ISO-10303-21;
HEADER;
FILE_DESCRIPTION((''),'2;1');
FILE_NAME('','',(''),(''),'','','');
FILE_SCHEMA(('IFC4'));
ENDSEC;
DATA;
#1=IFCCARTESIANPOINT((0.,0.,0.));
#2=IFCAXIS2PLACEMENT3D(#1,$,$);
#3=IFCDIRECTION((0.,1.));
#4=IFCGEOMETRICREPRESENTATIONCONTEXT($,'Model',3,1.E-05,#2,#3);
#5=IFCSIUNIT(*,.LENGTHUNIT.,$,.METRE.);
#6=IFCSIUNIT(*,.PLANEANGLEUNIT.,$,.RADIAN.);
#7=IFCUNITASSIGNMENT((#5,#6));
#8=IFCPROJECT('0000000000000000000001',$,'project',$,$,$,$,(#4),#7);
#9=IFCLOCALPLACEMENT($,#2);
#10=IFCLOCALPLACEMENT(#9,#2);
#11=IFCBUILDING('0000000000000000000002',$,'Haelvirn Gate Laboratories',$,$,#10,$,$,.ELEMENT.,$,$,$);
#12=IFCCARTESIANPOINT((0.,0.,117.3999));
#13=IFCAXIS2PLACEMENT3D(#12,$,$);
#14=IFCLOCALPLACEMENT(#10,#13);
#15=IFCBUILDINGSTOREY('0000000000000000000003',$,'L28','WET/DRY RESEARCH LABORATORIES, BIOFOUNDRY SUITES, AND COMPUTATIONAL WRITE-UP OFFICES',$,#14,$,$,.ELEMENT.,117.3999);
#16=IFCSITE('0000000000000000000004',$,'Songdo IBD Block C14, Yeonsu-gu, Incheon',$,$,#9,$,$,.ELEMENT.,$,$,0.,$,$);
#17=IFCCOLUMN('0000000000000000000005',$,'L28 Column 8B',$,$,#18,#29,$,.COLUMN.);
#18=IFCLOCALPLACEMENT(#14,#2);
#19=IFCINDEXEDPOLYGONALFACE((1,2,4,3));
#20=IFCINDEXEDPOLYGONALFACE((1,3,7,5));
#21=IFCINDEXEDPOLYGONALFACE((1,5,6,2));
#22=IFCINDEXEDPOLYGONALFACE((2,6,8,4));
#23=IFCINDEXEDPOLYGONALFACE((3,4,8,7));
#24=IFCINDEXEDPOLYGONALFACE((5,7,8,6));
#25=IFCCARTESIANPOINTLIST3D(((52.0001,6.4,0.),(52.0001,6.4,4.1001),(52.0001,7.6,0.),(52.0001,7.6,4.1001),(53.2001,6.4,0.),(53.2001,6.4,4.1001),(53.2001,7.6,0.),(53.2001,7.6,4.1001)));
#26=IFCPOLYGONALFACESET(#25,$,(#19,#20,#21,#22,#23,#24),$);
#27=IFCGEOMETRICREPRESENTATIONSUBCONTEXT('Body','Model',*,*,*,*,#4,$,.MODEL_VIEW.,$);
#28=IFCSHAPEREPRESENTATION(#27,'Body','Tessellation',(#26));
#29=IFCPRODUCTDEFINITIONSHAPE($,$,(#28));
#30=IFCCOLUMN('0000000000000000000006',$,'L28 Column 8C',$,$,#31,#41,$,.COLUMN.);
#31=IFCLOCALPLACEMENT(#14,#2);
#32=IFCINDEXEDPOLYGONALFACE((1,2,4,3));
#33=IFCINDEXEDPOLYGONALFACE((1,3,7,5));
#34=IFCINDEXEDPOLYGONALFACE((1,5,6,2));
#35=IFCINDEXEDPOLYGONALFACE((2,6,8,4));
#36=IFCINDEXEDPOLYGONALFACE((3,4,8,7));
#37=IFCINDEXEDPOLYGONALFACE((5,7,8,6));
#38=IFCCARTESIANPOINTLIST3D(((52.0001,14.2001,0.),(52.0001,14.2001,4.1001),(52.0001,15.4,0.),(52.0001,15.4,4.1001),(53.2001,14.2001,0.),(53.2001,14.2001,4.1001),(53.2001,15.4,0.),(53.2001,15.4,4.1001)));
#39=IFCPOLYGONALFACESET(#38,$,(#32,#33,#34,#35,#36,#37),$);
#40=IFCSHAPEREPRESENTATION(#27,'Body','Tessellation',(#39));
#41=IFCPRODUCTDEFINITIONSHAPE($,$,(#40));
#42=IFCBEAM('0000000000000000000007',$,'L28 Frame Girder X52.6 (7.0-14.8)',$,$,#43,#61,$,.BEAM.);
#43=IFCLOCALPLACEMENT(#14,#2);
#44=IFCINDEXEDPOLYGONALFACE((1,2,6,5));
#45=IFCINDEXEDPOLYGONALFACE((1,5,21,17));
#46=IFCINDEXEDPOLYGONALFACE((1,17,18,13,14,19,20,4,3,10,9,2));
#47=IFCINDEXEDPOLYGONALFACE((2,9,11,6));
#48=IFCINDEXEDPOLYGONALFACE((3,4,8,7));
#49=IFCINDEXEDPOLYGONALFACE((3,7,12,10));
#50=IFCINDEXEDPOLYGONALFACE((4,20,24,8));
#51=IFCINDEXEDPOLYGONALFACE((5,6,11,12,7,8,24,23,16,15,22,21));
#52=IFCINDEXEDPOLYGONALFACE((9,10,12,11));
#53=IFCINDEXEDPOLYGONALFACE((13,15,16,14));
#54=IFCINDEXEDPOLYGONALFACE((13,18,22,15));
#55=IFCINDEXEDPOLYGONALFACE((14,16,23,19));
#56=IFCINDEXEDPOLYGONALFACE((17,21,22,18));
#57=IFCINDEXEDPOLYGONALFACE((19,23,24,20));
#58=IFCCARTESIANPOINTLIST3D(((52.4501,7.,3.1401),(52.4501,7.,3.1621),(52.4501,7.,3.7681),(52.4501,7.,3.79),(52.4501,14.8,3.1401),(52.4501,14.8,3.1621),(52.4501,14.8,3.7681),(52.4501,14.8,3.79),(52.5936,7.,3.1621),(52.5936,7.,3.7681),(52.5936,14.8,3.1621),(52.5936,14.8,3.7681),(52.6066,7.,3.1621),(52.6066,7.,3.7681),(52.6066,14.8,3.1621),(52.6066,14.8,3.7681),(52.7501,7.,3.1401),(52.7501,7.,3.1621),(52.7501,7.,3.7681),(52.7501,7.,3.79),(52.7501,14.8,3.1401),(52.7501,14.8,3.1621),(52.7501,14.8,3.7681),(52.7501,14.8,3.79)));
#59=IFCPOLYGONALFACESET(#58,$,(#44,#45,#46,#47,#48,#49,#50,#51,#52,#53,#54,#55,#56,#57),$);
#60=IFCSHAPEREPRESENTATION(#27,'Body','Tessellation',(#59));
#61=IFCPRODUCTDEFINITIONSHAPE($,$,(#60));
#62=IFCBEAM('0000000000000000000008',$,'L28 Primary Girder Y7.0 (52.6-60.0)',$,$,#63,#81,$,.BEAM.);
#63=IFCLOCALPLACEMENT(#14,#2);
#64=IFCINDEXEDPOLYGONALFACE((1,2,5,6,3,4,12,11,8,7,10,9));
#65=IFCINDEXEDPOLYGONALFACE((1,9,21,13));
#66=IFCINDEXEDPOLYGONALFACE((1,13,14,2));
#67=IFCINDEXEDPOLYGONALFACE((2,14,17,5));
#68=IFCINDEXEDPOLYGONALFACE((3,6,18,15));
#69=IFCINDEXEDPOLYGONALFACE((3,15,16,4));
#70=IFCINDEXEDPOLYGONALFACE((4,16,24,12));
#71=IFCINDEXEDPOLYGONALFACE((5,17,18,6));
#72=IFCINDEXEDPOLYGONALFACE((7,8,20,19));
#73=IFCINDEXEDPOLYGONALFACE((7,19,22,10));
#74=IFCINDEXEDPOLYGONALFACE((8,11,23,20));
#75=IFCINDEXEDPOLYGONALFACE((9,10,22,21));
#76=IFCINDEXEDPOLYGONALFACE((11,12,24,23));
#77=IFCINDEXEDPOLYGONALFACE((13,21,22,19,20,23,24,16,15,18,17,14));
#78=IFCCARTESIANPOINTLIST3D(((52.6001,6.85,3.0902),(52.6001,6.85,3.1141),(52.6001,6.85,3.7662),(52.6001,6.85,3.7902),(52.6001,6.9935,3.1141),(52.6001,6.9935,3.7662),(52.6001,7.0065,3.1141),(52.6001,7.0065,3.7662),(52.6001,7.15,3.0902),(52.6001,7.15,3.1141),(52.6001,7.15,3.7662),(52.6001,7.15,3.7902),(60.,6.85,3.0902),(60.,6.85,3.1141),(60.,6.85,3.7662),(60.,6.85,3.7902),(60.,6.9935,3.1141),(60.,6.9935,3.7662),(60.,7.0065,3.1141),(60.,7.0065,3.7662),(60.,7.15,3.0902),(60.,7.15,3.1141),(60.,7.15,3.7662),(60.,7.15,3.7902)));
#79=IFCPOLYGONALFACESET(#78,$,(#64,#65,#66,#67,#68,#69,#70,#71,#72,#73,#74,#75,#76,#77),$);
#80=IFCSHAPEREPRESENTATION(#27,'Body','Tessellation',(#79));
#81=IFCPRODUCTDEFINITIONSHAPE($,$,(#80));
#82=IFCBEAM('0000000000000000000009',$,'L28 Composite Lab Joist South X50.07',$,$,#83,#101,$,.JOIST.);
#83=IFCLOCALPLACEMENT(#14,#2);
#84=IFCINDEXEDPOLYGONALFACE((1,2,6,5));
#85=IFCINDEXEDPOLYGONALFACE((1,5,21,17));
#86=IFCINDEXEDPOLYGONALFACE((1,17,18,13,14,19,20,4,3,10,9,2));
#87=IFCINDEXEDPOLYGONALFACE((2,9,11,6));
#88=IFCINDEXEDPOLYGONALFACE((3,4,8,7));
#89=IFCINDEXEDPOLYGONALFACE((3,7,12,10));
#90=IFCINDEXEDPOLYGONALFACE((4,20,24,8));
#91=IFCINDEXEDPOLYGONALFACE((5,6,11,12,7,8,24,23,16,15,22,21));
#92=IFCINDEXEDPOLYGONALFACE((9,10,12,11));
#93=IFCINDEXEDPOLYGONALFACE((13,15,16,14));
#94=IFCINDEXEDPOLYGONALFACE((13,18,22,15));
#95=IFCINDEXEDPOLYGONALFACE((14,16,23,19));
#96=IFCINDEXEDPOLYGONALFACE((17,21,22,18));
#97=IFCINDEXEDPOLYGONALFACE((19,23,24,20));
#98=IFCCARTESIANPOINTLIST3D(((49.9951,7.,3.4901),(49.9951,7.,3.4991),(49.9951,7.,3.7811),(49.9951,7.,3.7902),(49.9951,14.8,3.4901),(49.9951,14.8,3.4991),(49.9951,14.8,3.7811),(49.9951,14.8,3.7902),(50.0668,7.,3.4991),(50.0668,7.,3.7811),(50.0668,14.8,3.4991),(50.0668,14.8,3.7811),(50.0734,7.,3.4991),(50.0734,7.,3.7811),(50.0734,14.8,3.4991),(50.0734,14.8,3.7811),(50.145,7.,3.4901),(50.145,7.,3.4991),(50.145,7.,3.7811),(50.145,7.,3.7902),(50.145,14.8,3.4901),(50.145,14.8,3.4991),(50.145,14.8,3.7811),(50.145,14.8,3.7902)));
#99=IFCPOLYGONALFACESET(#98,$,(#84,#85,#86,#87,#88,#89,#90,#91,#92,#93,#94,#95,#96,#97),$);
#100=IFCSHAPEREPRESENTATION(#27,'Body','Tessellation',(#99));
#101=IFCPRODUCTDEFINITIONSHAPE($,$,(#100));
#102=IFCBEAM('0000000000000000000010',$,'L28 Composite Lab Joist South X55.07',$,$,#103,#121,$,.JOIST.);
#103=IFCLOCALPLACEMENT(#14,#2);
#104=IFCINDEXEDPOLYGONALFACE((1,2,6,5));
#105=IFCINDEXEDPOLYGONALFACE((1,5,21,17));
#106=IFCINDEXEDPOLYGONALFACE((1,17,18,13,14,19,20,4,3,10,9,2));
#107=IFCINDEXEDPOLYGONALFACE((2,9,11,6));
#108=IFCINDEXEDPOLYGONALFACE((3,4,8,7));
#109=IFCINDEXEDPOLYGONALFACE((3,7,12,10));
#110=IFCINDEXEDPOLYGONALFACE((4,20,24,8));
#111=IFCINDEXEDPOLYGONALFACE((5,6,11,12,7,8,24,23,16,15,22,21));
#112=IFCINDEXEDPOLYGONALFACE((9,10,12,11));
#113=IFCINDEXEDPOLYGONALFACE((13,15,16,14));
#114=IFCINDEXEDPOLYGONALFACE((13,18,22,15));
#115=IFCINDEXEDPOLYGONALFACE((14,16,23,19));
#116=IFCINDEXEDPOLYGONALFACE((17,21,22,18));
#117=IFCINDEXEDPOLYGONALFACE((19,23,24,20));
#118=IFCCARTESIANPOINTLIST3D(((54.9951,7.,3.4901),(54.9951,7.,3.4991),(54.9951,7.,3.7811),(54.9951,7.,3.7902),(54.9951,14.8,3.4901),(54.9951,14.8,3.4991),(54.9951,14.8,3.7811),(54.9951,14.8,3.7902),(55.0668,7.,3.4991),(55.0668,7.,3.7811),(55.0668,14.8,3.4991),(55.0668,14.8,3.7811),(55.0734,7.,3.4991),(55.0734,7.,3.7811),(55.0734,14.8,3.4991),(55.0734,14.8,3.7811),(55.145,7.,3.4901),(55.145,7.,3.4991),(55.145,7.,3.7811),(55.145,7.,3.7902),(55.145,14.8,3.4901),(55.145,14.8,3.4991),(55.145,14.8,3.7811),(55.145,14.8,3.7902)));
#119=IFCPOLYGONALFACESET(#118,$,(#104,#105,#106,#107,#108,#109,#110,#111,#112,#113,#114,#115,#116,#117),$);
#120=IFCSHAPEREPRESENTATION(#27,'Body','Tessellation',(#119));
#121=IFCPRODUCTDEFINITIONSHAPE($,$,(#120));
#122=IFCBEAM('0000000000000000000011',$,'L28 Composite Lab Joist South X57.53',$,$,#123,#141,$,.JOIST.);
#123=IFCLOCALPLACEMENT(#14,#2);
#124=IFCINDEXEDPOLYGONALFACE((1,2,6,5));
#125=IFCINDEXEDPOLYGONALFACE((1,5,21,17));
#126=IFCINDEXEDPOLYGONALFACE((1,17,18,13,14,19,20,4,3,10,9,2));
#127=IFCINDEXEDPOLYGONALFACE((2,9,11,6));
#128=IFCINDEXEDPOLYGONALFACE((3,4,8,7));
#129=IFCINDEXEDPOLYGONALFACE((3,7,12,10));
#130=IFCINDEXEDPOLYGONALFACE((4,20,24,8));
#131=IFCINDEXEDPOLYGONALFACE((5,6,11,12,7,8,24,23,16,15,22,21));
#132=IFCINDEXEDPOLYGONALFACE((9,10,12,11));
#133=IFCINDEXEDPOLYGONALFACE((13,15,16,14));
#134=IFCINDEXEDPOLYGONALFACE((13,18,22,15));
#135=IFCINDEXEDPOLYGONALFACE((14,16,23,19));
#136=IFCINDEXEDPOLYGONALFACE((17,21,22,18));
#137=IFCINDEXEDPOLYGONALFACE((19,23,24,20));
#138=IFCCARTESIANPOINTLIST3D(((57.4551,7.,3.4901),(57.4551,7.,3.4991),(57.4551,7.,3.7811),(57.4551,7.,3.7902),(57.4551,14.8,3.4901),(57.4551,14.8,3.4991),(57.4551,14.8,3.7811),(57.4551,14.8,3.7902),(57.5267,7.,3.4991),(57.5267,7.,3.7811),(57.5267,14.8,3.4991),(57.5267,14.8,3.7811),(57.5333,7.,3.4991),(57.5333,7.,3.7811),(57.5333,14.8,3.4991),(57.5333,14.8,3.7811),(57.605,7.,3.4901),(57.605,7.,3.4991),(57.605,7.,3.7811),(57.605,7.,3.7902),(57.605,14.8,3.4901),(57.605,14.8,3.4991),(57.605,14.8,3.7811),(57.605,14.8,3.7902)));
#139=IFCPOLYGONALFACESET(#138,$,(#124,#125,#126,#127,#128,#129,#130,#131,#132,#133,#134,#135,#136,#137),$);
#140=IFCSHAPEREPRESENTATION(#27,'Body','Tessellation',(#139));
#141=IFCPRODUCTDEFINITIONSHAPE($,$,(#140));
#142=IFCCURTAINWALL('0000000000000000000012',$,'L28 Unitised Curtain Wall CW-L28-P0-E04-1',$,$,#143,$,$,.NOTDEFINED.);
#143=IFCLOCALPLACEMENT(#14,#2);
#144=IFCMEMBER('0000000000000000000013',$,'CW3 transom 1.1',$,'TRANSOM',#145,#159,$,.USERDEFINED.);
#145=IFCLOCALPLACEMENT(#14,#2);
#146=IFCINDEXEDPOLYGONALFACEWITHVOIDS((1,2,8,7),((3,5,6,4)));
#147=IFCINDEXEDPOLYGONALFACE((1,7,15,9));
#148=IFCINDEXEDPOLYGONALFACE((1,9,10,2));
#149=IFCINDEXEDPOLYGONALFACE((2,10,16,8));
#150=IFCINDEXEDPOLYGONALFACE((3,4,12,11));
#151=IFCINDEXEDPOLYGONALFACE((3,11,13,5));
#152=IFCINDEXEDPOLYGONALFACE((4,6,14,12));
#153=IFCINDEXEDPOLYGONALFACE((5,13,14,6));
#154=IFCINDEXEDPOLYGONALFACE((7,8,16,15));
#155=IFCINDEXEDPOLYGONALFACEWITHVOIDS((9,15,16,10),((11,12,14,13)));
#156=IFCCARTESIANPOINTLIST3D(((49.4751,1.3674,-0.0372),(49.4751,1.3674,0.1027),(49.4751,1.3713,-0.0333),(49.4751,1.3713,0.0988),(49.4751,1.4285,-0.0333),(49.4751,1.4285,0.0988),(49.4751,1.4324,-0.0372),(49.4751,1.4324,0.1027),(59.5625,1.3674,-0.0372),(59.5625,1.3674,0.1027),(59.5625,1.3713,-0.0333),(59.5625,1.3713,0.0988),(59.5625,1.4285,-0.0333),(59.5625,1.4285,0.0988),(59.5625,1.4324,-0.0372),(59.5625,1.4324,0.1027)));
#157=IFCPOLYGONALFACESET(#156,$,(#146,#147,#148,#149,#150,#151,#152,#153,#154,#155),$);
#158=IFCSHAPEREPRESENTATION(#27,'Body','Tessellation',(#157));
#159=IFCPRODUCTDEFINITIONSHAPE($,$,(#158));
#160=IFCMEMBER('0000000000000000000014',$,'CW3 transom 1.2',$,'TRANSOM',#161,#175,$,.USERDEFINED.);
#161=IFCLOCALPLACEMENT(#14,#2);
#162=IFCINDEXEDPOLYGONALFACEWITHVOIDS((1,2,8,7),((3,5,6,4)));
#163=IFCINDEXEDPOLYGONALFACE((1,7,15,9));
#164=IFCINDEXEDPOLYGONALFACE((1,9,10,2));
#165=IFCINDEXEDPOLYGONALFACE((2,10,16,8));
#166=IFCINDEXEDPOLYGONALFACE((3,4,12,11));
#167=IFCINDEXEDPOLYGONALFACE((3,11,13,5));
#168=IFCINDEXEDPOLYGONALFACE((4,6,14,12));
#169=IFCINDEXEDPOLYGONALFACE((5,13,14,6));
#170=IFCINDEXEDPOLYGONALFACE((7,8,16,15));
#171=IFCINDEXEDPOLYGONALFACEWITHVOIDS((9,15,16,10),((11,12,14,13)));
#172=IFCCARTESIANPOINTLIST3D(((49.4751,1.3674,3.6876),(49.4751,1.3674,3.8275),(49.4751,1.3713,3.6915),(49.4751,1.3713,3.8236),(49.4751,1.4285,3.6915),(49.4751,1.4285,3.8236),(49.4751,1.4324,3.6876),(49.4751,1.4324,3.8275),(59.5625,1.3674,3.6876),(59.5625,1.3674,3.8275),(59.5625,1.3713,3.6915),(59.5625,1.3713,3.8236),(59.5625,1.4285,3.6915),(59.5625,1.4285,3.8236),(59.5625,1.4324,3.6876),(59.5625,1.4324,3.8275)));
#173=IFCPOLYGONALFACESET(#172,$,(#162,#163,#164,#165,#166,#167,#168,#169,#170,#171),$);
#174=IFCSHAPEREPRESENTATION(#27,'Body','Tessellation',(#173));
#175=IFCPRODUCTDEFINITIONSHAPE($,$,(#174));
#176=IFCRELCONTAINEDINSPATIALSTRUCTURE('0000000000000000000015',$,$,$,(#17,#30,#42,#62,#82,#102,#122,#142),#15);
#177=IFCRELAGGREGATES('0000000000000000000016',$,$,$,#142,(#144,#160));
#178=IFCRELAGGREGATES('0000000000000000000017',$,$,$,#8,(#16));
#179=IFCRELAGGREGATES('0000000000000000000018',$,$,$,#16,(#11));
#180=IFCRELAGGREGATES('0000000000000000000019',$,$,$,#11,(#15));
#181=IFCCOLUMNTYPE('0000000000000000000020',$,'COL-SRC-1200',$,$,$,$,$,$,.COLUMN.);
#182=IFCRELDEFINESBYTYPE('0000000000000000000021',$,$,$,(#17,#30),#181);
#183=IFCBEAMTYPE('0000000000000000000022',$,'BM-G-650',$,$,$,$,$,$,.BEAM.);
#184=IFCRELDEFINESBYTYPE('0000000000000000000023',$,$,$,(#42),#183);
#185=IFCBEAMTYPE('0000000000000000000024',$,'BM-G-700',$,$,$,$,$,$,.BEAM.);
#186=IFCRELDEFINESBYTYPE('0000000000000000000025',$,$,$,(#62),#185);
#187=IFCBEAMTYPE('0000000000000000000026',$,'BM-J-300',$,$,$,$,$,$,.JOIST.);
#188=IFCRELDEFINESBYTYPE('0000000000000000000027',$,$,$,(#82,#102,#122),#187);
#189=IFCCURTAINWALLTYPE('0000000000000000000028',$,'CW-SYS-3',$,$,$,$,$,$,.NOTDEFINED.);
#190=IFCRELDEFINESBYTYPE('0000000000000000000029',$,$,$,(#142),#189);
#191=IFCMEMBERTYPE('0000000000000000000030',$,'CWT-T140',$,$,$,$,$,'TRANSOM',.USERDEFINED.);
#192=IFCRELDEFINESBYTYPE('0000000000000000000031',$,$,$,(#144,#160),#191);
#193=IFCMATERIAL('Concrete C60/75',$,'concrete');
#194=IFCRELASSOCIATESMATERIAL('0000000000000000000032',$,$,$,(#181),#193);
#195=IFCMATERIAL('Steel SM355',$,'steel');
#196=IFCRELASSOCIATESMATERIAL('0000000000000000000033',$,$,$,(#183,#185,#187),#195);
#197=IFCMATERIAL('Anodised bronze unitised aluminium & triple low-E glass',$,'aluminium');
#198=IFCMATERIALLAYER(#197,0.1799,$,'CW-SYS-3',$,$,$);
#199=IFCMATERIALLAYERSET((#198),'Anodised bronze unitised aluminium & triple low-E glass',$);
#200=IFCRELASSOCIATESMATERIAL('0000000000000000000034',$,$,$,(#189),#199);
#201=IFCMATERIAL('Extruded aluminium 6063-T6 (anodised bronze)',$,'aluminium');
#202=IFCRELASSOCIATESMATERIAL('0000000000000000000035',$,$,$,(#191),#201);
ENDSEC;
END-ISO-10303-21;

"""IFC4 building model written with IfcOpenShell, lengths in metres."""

from ifc_helpers import new_model, si_unit, direction, frame, origin, origin_2d, place, context, subcontext, project, spatial, rectangle, hollow_rectangle, i_section, extrude, source, transform, mapped, material, layer, layer_set, material_profile, profile_set, type_object, type_shapes, element, aggregate, save


model = new_model("IFC4")

# Units and contexts
model_context = context("Model", 3, precision=1e-05, world=origin(), true_north=direction((0.0, 1.0)))
body_context = subcontext(model_context, "Body", "Model", "MODEL_VIEW")
ifc_project = project(units=[si_unit("LENGTHUNIT", "METRE"), si_unit("PLANEANGLEUNIT", "RADIAN")], contexts=[model_context])

# Site, building, storey
site_placement = place(None, origin())
site = spatial("IfcSite", under=ifc_project, at=site_placement, Name="Songdo IBD Block C14, Yeonsu-gu, Incheon", CompositionType="ELEMENT", RefElevation=0.0)
building_placement = place(site_placement, origin())
building = spatial("IfcBuilding", under=site, at=building_placement, Name="Haelvirn Gate Laboratories", CompositionType="ELEMENT")
storey_placement = place(building_placement, frame((0.0, 0.0, 117.3999)))
storey = spatial("IfcBuildingStorey", under=building, at=storey_placement, Name="L28", Description="WET/DRY RESEARCH LABORATORIES, BIOFOUNDRY SUITES, AND COMPUTATIONAL WRITE-UP OFFICES", CompositionType="ELEMENT", Elevation=117.3999)

# Columns
ifc_material_1 = material(Name="Concrete C60/75", Category="concrete")
ifc_material_profile_1 = material_profile(ifc_material_1, rectangle(XDim=1.2, YDim=1.2, at=origin_2d()), Name="SRC-1200x1200")
ifc_profile_set_1 = profile_set([ifc_material_profile_1], Name="Concrete C60/75")
column_type = type_object("IfcColumnType", Name="COL-SRC-1200", PredefinedType="COLUMN", material=ifc_profile_set_1)
shared_shape_1 = source(origin(), body_context, "Body", "SweptSolid", [
    extrude(rectangle(XDim=1.2, YDim=1.2, at=origin_2d()), origin(), (0.0, 0.0, 1.0), 4.1001),
])
type_shapes(column_type, [shared_shape_1])
for number, where, z_axis, x_axis, name in (
    (1, (52.6001, 7.0, 0.0), (0.0, 0.0, 1.0), (1.0, 0.0, 0.0), "L28 Column 8B"),
    (2, (52.6001, 14.8, 0.0), (0.0, 0.0, 1.0), (1.0, 0.0, 0.0), "L28 Column 8C"),
):
    element("IfcColumn", number, at=place(storey_placement, frame(where, z_axis=z_axis, x_axis=x_axis)), inside=storey, type_object=column_type, Name=name, PredefinedType="COLUMN", context=body_context, shape_type="MappedRepresentation", body=[
        mapped(shared_shape_1, transform((0.0, 0.0, 0.0), scale=1.0)),
    ])

# Beams
ifc_material_2 = material(Name="Steel SM355", Category="steel")
ifc_material_profile_2 = material_profile(ifc_material_2, i_section(OverallWidth=0.3, OverallDepth=0.6499, WebThickness=0.0129, FlangeThickness=0.022, at=origin_2d()), Name="H-650x300x13x22")
ifc_profile_set_2 = profile_set([ifc_material_profile_2], Name="Steel SM355")
beam_type_1 = type_object("IfcBeamType", Name="BM-G-650", PredefinedType="BEAM", material=ifc_profile_set_2)
shared_shape_2 = source(origin(), body_context, "Body", "SweptSolid", [
    extrude(i_section(OverallWidth=0.3, OverallDepth=0.6499, WebThickness=0.0129, FlangeThickness=0.022, at=origin_2d()), origin(), (0.0, 0.0, 1.0), 7.8),
])
type_shapes(beam_type_1, [shared_shape_2])
beam_1_placement = place(storey_placement, frame((52.6001, 7.0, 3.4651), z_axis=(0.0, 1.0, 0.0), x_axis=(-1.0, 0.0, 0.0)))
element("IfcBeam", 3, at=beam_1_placement, inside=storey, type_object=beam_type_1, Name="L28 Frame Girder X52.6 (7.0-14.8)", PredefinedType="BEAM", context=body_context, shape_type="MappedRepresentation", body=[
    mapped(shared_shape_2, transform((0.0, 0.0, 0.0), scale=1.0)),
])
ifc_material_profile_3 = material_profile(ifc_material_2, i_section(OverallWidth=0.3, OverallDepth=0.7, WebThickness=0.0129, FlangeThickness=0.0239, at=origin_2d()), Name="H-700x300x13x24")
ifc_profile_set_3 = profile_set([ifc_material_profile_3], Name="Steel SM355")
beam_type_2 = type_object("IfcBeamType", Name="BM-G-700", PredefinedType="BEAM", material=ifc_profile_set_3)
shared_shape_3 = source(origin(), body_context, "Body", "SweptSolid", [
    extrude(i_section(OverallWidth=0.3, OverallDepth=0.7, WebThickness=0.0129, FlangeThickness=0.0239, at=origin_2d()), origin(), (0.0, 0.0, 1.0), 7.3999),
])
type_shapes(beam_type_2, [shared_shape_3])
beam_2_placement = place(storey_placement, frame((52.6001, 7.0, 3.4402), z_axis=(1.0, 0.0, 0.0), x_axis=(0.0, 1.0, 0.0)))
element("IfcBeam", 4, at=beam_2_placement, inside=storey, type_object=beam_type_2, Name="L28 Primary Girder Y7.0 (52.6-60.0)", PredefinedType="BEAM", context=body_context, shape_type="MappedRepresentation", body=[
    mapped(shared_shape_3, transform((0.0, 0.0, 0.0), scale=1.0)),
])
ifc_material_profile_4 = material_profile(ifc_material_2, i_section(OverallWidth=0.1499, OverallDepth=0.3, WebThickness=0.0066, FlangeThickness=0.009, at=origin_2d()), Name="H-300x150x6.5x9")
ifc_profile_set_4 = profile_set([ifc_material_profile_4], Name="Steel SM355")
beam_type_3 = type_object("IfcBeamType", Name="BM-J-300", PredefinedType="JOIST", material=ifc_profile_set_4)
shared_shape_4 = source(origin(), body_context, "Body", "SweptSolid", [
    extrude(i_section(OverallWidth=0.1499, OverallDepth=0.3, WebThickness=0.0066, FlangeThickness=0.009, at=origin_2d()), origin(), (0.0, 0.0, 1.0), 7.8),
])
type_shapes(beam_type_3, [shared_shape_4])
for number, where, z_axis, x_axis, name in (
    (5, (50.0701, 7.0, 3.6401), (0.0, 1.0, 0.0), (-1.0, 0.0, 0.0), "L28 Composite Lab Joist South X50.07"),
    (6, (55.0701, 7.0, 3.6401), (0.0, 1.0, 0.0), (-1.0, 0.0, 0.0), "L28 Composite Lab Joist South X55.07"),
    (7, (57.53, 7.0, 3.6401), (0.0, 1.0, 0.0), (-1.0, 0.0, 0.0), "L28 Composite Lab Joist South X57.53"),
):
    element("IfcBeam", number, at=place(storey_placement, frame(where, z_axis=z_axis, x_axis=x_axis)), inside=storey, type_object=beam_type_3, Name=name, PredefinedType="JOIST", context=body_context, shape_type="MappedRepresentation", body=[
        mapped(shared_shape_4, transform((0.0, 0.0, 0.0), scale=1.0)),
    ])

# Curtain wall, members
ifc_material_3 = material(Name="Anodised bronze unitised aluminium & triple low-E glass", Category="aluminium")
ifc_layer_1 = layer(ifc_material_3, 0.1799, Name="CW-SYS-3")
ifc_layer_set_1 = layer_set([ifc_layer_1], Name="Anodised bronze unitised aluminium & triple low-E glass")
curtain_wall_type = type_object("IfcCurtainWallType", Name="CW-SYS-3", PredefinedType="NOTDEFINED", material=ifc_layer_set_1)
curtain_wall_1_placement = place(storey_placement, origin())
curtain_wall_1 = element("IfcCurtainWall", 8, at=curtain_wall_1_placement, inside=storey, type_object=curtain_wall_type, Name="L28 Unitised Curtain Wall CW-L28-P0-E04-1", PredefinedType="NOTDEFINED")
ifc_material_4 = material(Name="Extruded aluminium 6063-T6 (anodised bronze)", Category="aluminium")
ifc_material_profile_5 = material_profile(ifc_material_4, hollow_rectangle(XDim=0.0649, YDim=0.1399, WallThickness=0.0039, at=origin_2d()), Name="CWT-140x65x4")
ifc_profile_set_5 = profile_set([ifc_material_profile_5], Name="Extruded aluminium 6063-T6 (anodised bronze)")
member_type_1 = type_object("IfcMemberType", Name="CWT-T140", ElementType="TRANSOM", PredefinedType="USERDEFINED", material=ifc_profile_set_5)
shared_shape_5 = source(origin(), body_context, "Body", "SweptSolid", [
    extrude(hollow_rectangle(XDim=0.0649, YDim=0.1399, WallThickness=0.0039, at=origin_2d()), origin(), (0.0, 0.0, 1.0), 10.0874),
])
type_shapes(member_type_1, [shared_shape_5])
member_1_placement = place(storey_placement, frame((49.4751, 1.3999, 0.0327), z_axis=(1.0, 0.0, 0.0), x_axis=(0.0, 1.0, 0.0)))
member_1 = element("IfcMember", 9, at=member_1_placement, type_object=member_type_1, Name="CW3 transom 1.1", ObjectType="TRANSOM", PredefinedType="USERDEFINED", context=body_context, shape_type="MappedRepresentation", body=[
    mapped(shared_shape_5, transform((0.0, 0.0, 0.0), scale=1.0)),
])
member_2_placement = place(storey_placement, frame((49.4751, 1.3999, 3.7576), z_axis=(1.0, 0.0, 0.0), x_axis=(0.0, 1.0, 0.0)))
member_2 = element("IfcMember", 10, at=member_2_placement, type_object=member_type_1, Name="CW3 transom 1.2", ObjectType="TRANSOM", PredefinedType="USERDEFINED", context=body_context, shape_type="MappedRepresentation", body=[
    mapped(shared_shape_5, transform((0.0, 0.0, 0.0), scale=1.0)),
])

aggregate(curtain_wall_1, [member_1, member_2])

save(model, "model.ifc")
